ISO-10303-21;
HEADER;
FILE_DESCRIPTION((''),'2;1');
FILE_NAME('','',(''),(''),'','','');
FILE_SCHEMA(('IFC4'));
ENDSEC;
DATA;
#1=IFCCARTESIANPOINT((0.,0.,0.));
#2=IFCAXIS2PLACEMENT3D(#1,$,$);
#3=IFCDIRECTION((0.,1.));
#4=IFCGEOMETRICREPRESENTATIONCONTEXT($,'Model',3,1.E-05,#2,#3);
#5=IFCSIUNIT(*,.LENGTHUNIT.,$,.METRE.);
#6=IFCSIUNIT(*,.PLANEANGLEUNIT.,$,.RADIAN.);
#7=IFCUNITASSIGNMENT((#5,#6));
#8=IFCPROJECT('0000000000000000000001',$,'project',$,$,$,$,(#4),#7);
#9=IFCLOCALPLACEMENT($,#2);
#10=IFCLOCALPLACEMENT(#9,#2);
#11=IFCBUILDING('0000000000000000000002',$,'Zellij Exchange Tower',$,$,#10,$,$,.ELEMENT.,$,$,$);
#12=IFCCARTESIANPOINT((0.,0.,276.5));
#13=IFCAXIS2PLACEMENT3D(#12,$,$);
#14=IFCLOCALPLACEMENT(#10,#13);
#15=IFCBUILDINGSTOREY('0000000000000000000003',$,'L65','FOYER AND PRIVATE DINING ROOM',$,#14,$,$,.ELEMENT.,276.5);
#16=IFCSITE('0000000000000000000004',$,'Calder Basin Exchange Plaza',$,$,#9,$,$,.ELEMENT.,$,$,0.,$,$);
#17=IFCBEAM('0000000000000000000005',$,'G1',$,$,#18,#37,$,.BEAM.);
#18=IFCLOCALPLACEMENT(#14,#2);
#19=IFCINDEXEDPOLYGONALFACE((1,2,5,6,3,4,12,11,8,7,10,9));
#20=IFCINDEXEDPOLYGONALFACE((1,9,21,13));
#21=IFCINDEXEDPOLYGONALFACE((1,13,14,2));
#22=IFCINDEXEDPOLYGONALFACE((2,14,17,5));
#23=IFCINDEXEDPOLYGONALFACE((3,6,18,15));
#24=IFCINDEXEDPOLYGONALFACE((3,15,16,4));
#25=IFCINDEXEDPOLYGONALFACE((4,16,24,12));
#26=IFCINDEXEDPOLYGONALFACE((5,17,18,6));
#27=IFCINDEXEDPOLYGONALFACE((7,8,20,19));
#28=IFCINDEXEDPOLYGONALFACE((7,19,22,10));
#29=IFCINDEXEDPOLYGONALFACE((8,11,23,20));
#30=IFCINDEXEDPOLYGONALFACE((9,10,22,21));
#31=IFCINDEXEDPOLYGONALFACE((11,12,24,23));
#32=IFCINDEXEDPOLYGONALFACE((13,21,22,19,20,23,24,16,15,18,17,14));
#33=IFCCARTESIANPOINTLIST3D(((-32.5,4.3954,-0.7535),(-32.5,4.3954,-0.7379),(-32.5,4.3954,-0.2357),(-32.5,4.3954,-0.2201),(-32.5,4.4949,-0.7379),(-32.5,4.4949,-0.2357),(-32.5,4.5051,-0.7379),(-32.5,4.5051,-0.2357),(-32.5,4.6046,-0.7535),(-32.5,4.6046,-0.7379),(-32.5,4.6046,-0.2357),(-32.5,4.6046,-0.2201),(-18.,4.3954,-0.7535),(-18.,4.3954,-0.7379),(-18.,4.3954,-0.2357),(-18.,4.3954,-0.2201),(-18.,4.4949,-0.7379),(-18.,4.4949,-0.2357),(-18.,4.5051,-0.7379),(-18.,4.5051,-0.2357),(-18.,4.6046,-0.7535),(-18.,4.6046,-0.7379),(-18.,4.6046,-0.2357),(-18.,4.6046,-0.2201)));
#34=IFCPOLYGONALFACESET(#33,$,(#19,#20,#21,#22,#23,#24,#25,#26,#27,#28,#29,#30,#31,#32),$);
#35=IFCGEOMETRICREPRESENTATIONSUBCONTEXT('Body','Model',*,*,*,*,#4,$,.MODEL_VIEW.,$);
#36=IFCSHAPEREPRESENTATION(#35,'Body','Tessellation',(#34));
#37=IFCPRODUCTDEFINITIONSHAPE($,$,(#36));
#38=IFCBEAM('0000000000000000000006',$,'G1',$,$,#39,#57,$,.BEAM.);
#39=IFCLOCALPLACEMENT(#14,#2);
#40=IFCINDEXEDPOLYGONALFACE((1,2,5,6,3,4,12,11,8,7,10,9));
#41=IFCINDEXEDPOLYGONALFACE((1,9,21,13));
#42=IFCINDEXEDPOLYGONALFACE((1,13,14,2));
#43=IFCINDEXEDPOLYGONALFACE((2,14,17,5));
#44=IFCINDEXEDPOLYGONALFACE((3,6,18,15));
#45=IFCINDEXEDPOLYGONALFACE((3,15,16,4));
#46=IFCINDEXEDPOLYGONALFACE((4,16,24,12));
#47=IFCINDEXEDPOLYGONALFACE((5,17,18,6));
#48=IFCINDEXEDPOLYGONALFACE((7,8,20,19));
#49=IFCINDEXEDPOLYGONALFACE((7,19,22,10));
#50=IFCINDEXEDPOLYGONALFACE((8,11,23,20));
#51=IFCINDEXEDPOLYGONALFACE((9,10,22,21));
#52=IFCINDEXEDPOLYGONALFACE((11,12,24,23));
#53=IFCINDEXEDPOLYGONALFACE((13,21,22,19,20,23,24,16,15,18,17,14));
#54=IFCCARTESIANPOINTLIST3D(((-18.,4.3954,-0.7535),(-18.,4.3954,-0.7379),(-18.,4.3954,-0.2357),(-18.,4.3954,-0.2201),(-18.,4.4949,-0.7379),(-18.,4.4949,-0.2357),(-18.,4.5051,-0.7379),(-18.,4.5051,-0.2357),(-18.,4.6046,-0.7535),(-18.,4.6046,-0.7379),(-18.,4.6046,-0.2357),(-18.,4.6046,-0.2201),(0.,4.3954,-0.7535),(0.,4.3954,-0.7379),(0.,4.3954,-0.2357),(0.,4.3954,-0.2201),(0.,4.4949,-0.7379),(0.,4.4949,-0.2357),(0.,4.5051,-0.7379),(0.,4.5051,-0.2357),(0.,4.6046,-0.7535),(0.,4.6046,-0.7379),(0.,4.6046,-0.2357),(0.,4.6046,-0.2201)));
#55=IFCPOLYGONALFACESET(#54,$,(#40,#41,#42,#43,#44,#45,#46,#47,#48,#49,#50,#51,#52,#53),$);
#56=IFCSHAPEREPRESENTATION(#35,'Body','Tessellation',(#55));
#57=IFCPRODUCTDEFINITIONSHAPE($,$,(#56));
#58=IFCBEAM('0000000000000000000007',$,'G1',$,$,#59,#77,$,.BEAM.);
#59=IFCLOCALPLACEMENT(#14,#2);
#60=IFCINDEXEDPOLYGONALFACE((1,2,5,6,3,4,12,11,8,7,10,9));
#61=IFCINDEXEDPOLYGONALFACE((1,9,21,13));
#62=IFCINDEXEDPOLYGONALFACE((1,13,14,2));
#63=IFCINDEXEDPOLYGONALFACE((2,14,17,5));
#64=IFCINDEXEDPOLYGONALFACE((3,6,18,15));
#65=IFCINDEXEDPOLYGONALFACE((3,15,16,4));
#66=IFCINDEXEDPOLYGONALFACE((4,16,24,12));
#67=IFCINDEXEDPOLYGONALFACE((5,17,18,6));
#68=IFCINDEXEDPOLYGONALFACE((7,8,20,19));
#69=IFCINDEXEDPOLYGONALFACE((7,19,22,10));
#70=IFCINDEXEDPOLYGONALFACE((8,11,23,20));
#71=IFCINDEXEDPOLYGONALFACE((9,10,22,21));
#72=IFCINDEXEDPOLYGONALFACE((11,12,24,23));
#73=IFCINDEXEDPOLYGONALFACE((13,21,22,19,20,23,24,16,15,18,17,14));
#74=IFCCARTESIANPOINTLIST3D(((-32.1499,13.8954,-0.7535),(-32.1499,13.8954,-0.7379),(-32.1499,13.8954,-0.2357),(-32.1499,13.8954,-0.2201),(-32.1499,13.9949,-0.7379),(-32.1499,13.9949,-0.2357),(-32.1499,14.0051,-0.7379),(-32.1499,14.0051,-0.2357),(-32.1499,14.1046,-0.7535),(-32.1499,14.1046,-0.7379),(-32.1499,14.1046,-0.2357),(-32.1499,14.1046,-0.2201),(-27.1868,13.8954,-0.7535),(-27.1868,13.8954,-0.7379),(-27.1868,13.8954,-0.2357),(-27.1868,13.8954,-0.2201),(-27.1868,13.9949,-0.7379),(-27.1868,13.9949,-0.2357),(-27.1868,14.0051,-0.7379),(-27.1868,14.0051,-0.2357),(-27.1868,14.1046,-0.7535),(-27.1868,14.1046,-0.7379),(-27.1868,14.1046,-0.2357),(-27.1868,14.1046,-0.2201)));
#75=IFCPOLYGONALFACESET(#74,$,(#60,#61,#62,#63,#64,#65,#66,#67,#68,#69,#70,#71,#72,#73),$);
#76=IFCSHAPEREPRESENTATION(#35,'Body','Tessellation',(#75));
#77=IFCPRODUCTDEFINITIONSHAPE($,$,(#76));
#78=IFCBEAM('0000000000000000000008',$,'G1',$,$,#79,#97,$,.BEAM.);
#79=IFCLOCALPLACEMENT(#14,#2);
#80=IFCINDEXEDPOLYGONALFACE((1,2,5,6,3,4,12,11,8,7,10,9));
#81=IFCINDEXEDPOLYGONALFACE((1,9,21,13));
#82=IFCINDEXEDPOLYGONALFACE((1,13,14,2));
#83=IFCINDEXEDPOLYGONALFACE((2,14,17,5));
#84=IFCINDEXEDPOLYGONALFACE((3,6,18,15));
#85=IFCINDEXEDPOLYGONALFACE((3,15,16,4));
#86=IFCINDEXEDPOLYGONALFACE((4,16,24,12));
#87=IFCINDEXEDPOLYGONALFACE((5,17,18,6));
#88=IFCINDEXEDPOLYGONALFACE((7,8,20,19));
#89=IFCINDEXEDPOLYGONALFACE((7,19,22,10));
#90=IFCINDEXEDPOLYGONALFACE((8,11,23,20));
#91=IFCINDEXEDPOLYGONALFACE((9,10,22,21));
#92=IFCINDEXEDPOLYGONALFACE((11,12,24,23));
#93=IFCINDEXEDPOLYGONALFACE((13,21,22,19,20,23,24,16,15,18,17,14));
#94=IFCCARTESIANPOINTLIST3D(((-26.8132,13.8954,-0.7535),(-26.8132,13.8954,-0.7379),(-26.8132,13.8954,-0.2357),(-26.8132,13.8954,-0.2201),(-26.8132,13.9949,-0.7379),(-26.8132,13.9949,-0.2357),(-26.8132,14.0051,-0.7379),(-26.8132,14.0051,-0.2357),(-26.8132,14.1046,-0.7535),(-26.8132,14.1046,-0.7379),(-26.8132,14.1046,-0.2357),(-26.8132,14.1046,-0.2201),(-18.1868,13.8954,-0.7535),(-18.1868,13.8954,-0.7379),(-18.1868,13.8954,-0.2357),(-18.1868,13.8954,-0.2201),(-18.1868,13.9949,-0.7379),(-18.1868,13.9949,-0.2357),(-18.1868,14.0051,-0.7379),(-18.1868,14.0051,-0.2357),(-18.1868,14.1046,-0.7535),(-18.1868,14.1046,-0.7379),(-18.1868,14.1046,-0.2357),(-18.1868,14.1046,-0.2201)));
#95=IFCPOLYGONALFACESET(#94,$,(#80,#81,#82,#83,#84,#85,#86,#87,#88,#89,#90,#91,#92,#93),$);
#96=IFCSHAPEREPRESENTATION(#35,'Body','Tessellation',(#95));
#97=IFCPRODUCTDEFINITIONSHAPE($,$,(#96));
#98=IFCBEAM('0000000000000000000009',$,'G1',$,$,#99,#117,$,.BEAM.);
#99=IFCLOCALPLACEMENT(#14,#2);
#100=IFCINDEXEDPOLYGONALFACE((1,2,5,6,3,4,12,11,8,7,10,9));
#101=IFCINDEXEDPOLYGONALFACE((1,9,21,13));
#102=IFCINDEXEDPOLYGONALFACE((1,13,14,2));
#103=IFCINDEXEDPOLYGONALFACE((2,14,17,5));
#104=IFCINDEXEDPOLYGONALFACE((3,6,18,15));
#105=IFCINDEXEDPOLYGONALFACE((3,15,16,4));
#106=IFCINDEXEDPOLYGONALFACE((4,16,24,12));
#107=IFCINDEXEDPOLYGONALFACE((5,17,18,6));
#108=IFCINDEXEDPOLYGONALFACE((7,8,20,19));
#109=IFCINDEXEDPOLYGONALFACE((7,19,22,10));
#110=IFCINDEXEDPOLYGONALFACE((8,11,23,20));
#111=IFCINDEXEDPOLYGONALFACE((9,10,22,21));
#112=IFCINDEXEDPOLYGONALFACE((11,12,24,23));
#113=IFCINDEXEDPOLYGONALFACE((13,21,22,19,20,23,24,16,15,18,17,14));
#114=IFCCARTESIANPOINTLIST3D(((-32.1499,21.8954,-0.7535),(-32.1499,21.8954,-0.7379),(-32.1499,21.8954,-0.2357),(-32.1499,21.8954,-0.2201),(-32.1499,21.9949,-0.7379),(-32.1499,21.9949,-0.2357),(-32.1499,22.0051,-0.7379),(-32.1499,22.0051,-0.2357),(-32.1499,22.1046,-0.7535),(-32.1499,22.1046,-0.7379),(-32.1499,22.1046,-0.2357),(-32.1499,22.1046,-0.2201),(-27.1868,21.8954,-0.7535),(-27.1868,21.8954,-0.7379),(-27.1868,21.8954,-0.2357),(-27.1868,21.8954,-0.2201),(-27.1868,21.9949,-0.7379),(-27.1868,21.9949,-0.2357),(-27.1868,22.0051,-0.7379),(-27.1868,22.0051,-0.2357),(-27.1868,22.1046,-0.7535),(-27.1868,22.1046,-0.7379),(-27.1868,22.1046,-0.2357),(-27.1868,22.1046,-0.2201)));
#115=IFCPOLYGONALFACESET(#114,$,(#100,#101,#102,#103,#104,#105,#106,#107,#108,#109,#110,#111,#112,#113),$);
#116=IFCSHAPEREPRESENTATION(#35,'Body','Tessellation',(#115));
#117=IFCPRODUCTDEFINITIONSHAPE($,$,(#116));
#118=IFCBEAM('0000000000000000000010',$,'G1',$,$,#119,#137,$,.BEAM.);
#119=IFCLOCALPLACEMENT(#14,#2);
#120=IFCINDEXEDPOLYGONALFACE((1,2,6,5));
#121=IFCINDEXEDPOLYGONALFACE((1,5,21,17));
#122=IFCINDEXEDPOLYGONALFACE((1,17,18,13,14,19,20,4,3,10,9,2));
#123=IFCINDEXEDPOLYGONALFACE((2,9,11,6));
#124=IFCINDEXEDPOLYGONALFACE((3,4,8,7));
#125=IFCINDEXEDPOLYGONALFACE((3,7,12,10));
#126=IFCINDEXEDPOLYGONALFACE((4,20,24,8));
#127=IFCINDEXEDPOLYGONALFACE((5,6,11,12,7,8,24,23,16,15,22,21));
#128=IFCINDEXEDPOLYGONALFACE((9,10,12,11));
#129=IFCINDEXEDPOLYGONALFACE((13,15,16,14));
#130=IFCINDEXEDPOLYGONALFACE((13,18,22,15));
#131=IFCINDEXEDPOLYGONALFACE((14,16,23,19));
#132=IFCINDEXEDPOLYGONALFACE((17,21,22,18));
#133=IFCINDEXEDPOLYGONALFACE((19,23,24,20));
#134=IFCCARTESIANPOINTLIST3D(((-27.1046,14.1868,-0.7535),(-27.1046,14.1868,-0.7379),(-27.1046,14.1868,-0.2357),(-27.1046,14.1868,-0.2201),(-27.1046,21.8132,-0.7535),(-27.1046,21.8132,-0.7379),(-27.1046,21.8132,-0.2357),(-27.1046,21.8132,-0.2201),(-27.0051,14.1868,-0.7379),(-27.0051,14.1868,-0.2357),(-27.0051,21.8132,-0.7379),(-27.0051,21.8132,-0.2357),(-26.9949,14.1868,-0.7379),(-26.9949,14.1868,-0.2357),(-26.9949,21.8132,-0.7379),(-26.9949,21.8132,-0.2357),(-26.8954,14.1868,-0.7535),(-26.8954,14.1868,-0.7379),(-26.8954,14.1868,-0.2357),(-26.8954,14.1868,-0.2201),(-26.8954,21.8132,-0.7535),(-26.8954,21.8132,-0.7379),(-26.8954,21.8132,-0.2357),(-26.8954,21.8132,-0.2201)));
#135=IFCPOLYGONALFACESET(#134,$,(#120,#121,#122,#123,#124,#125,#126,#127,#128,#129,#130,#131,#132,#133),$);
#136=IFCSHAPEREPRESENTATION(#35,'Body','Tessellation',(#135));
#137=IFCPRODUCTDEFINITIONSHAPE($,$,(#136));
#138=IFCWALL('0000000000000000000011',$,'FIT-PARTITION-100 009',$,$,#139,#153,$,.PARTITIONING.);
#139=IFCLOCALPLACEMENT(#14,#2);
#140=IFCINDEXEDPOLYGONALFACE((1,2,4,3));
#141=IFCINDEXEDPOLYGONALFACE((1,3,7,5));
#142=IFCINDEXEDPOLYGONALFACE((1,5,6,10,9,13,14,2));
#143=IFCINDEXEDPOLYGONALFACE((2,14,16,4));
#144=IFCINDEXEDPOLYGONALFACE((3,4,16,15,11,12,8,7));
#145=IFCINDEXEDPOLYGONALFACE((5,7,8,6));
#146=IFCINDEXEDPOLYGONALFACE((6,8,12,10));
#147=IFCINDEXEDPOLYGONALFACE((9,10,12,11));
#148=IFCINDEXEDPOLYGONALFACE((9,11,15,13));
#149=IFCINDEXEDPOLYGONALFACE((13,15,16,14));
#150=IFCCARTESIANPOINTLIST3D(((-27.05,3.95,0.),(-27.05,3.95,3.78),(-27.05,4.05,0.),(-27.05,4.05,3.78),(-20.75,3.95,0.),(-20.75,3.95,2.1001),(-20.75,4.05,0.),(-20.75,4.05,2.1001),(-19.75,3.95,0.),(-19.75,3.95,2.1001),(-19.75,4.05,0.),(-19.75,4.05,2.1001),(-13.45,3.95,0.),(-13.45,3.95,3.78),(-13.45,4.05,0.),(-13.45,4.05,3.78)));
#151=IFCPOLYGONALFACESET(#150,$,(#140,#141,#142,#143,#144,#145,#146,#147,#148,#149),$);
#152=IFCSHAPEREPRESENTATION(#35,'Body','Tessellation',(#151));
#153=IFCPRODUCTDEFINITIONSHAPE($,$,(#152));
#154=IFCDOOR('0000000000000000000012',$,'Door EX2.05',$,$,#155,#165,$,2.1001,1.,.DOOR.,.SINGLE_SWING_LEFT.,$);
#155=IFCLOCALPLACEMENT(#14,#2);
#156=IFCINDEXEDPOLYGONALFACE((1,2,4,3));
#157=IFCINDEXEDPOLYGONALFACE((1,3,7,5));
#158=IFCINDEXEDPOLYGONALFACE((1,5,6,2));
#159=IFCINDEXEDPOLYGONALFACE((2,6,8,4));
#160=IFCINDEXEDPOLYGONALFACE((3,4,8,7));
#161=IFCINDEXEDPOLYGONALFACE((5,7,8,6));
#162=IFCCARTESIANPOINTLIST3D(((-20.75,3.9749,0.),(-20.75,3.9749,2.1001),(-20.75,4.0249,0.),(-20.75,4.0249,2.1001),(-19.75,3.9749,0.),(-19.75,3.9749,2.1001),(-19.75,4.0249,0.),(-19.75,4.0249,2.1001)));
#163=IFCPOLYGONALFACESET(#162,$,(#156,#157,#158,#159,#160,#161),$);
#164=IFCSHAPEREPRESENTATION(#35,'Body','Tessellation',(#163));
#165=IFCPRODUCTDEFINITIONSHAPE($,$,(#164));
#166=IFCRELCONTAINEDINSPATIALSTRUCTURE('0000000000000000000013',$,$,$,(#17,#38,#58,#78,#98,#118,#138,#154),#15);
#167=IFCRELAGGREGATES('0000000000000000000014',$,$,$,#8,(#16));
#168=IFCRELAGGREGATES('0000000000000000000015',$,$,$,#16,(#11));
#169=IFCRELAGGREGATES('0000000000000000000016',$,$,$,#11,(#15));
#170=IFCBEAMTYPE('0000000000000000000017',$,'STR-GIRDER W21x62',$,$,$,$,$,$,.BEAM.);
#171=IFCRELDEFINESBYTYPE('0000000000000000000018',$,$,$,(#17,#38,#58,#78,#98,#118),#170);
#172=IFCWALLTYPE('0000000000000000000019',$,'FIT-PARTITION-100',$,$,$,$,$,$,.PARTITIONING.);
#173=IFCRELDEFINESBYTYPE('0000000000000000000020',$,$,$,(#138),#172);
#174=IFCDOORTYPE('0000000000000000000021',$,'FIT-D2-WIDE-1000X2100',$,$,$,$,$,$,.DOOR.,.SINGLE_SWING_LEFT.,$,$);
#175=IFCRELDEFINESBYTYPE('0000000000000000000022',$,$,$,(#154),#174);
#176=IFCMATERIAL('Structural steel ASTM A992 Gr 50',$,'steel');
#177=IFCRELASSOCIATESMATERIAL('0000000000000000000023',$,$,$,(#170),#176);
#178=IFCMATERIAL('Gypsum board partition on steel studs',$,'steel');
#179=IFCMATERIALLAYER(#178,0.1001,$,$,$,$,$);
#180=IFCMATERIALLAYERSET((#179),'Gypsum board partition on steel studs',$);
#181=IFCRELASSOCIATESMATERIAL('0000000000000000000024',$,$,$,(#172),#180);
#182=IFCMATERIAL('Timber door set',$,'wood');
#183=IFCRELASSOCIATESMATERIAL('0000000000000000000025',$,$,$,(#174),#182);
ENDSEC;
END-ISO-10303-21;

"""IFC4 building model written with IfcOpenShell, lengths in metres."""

from ifc_helpers import new_model, si_unit, direction, frame, frame_2d, origin, origin_2d, place, context, subcontext, project, spatial, rectangle, i_section, extrude, material, layer, layer_set, material_profile, profile_set, type_object, element, fill, save


model = new_model("IFC4")

# Units and contexts
model_context = context("Model", 3, precision=1e-05, world=origin(), true_north=direction((0.0, 1.0)))
body_context = subcontext(model_context, "Body", "Model", "MODEL_VIEW")
ifc_project = project(units=[si_unit("LENGTHUNIT", "METRE"), si_unit("PLANEANGLEUNIT", "RADIAN")], contexts=[model_context])

# Site, building, storey
site_placement = place(None, origin())
site = spatial("IfcSite", under=ifc_project, at=site_placement, Name="Calder Basin Exchange Plaza", CompositionType="ELEMENT", RefElevation=0.0)
building_placement = place(site_placement, origin())
building = spatial("IfcBuilding", under=site, at=building_placement, Name="Zellij Exchange Tower", CompositionType="ELEMENT")
storey_placement = place(building_placement, frame((0.0, 0.0, 276.5)))
storey = spatial("IfcBuildingStorey", under=building, at=storey_placement, Name="L65", Description="FOYER AND PRIVATE DINING ROOM", CompositionType="ELEMENT", Elevation=276.5)

# Shared definitions
ifc_material_1 = material(Name="Structural steel ASTM A992 Gr 50", Category="steel")

# Beams
ifc_material_profile_1 = material_profile(ifc_material_1, i_section(OverallWidth=0.2092, OverallDepth=0.5334, WebThickness=0.0103, FlangeThickness=0.0156, at=origin_2d()), Name="W21x62")
ifc_profile_set_1 = profile_set([ifc_material_profile_1], Name="Structural steel ASTM A992 Gr 50")
beam_type_1 = type_object("IfcBeamType", Name="STR-GIRDER W21x62", PredefinedType="BEAM", material=ifc_profile_set_1)
beam_1_placement = place(storey_placement, frame((-32.5, 4.5, -0.4868), z_axis=(1.0, 0.0, 0.0), x_axis=(0.0, 1.0, 0.0)))
element("IfcBeam", 1, at=beam_1_placement, inside=storey, type_object=beam_type_1, Name="G1", PredefinedType="BEAM", context=body_context, shape_type="SweptSolid", body=[
    extrude(i_section(OverallWidth=0.2092, OverallDepth=0.5334, WebThickness=0.0103, FlangeThickness=0.0156, at=origin_2d()), origin(), (0.0, 0.0, 1.0), 14.5),
])
beam_2_placement = place(storey_placement, frame((-18.0, 4.5, -0.4868), z_axis=(1.0, 0.0, 0.0), x_axis=(0.0, 1.0, 0.0)))
element("IfcBeam", 2, at=beam_2_placement, inside=storey, type_object=beam_type_1, Name="G1", PredefinedType="BEAM", context=body_context, shape_type="SweptSolid", body=[
    extrude(i_section(OverallWidth=0.2092, OverallDepth=0.5334, WebThickness=0.0103, FlangeThickness=0.0156, at=origin_2d()), origin(), (0.0, 0.0, 1.0), 18.0),
])
beam_3_placement = place(storey_placement, frame((-32.1499, 14.0, -0.4868), z_axis=(1.0, 0.0, 0.0), x_axis=(0.0, 1.0, 0.0)))
element("IfcBeam", 3, at=beam_3_placement, inside=storey, type_object=beam_type_1, Name="G1", PredefinedType="BEAM", context=body_context, shape_type="SweptSolid", body=[
    extrude(i_section(OverallWidth=0.2092, OverallDepth=0.5334, WebThickness=0.0103, FlangeThickness=0.0156, at=origin_2d()), origin(), (0.0, 0.0, 1.0), 4.9631),
])
beam_4_placement = place(storey_placement, frame((-26.8132, 14.0, -0.4868), z_axis=(1.0, 0.0, 0.0), x_axis=(0.0, 1.0, 0.0)))
element("IfcBeam", 4, at=beam_4_placement, inside=storey, type_object=beam_type_1, Name="G1", PredefinedType="BEAM", context=body_context, shape_type="SweptSolid", body=[
    extrude(i_section(OverallWidth=0.2092, OverallDepth=0.5334, WebThickness=0.0103, FlangeThickness=0.0156, at=origin_2d()), origin(), (0.0, 0.0, 1.0), 8.6265),
])
beam_5_placement = place(storey_placement, frame((-32.1499, 22.0, -0.4868), z_axis=(1.0, 0.0, 0.0), x_axis=(0.0, 1.0, 0.0)))
element("IfcBeam", 5, at=beam_5_placement, inside=storey, type_object=beam_type_1, Name="G1", PredefinedType="BEAM", context=body_context, shape_type="SweptSolid", body=[
    extrude(i_section(OverallWidth=0.2092, OverallDepth=0.5334, WebThickness=0.0103, FlangeThickness=0.0156, at=origin_2d()), origin(), (0.0, 0.0, 1.0), 4.9631),
])
beam_6_placement = place(storey_placement, frame((-27.0, 14.1868, -0.4868), z_axis=(0.0, 1.0, 0.0), x_axis=(-1.0, 0.0, 0.0)))
element("IfcBeam", 6, at=beam_6_placement, inside=storey, type_object=beam_type_1, Name="G1", PredefinedType="BEAM", context=body_context, shape_type="SweptSolid", body=[
    extrude(i_section(OverallWidth=0.2092, OverallDepth=0.5334, WebThickness=0.0103, FlangeThickness=0.0156, at=origin_2d()), origin(), (0.0, 0.0, 1.0), 7.6265),
])

# Wall, opening, door
ifc_material_2 = material(Name="Gypsum board partition on steel studs", Category="steel")
ifc_layer = layer(ifc_material_2, 0.1001)
ifc_layer_set = layer_set([ifc_layer], Name="Gypsum board partition on steel studs")
wall_type = type_object("IfcWallType", Name="FIT-PARTITION-100", PredefinedType="PARTITIONING", material=ifc_layer_set)
wall_1_placement = place(storey_placement, frame((-27.05, 4.0, 0.0), z_axis=(0.0, 0.0, 1.0), x_axis=(1.0, 0.0, 0.0)))
wall_1 = element("IfcWall", 7, at=wall_1_placement, inside=storey, type_object=wall_type, Name="FIT-PARTITION-100 009", PredefinedType="PARTITIONING", context=body_context, shape_type="SweptSolid", body=[
    extrude(rectangle(XDim=13.6001, YDim=0.1001, at=frame_2d((6.8, 0.0))), origin(), (0.0, 0.0, 1.0), 3.78),
])
opening_1_placement = place(wall_1_placement, frame((6.3, 0.0, 0.0)))
opening_1 = element("IfcOpeningElement", 8, at=opening_1_placement, cuts=wall_1, PredefinedType="OPENING", context=body_context, shape_type="SweptSolid", body=[
    extrude(rectangle(XDim=1.0, YDim=2.1001, at=frame_2d((0.5, 1.05))), frame((0.0, 0.062, 0.0), z_axis=(0.0, -1.0, 0.0), x_axis=(1.0, 0.0, 0.0)), (0.0, 0.0, 1.0), 0.124),
])
ifc_material_3 = material(Name="Timber door set", Category="wood")
door_type_1 = type_object("IfcDoorType", Name="FIT-D2-WIDE-1000X2100", OperationType="SINGLE_SWING_LEFT", PredefinedType="DOOR", material=ifc_material_3)
door_1_placement = place(opening_1_placement, origin())
door_1 = element("IfcDoor", 9, at=door_1_placement, inside=storey, type_object=door_type_1, Name="Door EX2.05", OperationType="SINGLE_SWING_LEFT", OverallHeight=2.1001, OverallWidth=1.0, PredefinedType="DOOR", context=body_context, shape_type="SweptSolid", body=[
    extrude(rectangle(XDim=1.0, YDim=2.1001, at=frame_2d((0.5, 1.05))), frame((0.0, 0.0249, 0.0), z_axis=(0.0, -1.0, 0.0), x_axis=(1.0, 0.0, 0.0)), (0.0, 0.0, 1.0), 0.05),
])
fill(opening_1, door_1)

save(model, "model.ifc")
